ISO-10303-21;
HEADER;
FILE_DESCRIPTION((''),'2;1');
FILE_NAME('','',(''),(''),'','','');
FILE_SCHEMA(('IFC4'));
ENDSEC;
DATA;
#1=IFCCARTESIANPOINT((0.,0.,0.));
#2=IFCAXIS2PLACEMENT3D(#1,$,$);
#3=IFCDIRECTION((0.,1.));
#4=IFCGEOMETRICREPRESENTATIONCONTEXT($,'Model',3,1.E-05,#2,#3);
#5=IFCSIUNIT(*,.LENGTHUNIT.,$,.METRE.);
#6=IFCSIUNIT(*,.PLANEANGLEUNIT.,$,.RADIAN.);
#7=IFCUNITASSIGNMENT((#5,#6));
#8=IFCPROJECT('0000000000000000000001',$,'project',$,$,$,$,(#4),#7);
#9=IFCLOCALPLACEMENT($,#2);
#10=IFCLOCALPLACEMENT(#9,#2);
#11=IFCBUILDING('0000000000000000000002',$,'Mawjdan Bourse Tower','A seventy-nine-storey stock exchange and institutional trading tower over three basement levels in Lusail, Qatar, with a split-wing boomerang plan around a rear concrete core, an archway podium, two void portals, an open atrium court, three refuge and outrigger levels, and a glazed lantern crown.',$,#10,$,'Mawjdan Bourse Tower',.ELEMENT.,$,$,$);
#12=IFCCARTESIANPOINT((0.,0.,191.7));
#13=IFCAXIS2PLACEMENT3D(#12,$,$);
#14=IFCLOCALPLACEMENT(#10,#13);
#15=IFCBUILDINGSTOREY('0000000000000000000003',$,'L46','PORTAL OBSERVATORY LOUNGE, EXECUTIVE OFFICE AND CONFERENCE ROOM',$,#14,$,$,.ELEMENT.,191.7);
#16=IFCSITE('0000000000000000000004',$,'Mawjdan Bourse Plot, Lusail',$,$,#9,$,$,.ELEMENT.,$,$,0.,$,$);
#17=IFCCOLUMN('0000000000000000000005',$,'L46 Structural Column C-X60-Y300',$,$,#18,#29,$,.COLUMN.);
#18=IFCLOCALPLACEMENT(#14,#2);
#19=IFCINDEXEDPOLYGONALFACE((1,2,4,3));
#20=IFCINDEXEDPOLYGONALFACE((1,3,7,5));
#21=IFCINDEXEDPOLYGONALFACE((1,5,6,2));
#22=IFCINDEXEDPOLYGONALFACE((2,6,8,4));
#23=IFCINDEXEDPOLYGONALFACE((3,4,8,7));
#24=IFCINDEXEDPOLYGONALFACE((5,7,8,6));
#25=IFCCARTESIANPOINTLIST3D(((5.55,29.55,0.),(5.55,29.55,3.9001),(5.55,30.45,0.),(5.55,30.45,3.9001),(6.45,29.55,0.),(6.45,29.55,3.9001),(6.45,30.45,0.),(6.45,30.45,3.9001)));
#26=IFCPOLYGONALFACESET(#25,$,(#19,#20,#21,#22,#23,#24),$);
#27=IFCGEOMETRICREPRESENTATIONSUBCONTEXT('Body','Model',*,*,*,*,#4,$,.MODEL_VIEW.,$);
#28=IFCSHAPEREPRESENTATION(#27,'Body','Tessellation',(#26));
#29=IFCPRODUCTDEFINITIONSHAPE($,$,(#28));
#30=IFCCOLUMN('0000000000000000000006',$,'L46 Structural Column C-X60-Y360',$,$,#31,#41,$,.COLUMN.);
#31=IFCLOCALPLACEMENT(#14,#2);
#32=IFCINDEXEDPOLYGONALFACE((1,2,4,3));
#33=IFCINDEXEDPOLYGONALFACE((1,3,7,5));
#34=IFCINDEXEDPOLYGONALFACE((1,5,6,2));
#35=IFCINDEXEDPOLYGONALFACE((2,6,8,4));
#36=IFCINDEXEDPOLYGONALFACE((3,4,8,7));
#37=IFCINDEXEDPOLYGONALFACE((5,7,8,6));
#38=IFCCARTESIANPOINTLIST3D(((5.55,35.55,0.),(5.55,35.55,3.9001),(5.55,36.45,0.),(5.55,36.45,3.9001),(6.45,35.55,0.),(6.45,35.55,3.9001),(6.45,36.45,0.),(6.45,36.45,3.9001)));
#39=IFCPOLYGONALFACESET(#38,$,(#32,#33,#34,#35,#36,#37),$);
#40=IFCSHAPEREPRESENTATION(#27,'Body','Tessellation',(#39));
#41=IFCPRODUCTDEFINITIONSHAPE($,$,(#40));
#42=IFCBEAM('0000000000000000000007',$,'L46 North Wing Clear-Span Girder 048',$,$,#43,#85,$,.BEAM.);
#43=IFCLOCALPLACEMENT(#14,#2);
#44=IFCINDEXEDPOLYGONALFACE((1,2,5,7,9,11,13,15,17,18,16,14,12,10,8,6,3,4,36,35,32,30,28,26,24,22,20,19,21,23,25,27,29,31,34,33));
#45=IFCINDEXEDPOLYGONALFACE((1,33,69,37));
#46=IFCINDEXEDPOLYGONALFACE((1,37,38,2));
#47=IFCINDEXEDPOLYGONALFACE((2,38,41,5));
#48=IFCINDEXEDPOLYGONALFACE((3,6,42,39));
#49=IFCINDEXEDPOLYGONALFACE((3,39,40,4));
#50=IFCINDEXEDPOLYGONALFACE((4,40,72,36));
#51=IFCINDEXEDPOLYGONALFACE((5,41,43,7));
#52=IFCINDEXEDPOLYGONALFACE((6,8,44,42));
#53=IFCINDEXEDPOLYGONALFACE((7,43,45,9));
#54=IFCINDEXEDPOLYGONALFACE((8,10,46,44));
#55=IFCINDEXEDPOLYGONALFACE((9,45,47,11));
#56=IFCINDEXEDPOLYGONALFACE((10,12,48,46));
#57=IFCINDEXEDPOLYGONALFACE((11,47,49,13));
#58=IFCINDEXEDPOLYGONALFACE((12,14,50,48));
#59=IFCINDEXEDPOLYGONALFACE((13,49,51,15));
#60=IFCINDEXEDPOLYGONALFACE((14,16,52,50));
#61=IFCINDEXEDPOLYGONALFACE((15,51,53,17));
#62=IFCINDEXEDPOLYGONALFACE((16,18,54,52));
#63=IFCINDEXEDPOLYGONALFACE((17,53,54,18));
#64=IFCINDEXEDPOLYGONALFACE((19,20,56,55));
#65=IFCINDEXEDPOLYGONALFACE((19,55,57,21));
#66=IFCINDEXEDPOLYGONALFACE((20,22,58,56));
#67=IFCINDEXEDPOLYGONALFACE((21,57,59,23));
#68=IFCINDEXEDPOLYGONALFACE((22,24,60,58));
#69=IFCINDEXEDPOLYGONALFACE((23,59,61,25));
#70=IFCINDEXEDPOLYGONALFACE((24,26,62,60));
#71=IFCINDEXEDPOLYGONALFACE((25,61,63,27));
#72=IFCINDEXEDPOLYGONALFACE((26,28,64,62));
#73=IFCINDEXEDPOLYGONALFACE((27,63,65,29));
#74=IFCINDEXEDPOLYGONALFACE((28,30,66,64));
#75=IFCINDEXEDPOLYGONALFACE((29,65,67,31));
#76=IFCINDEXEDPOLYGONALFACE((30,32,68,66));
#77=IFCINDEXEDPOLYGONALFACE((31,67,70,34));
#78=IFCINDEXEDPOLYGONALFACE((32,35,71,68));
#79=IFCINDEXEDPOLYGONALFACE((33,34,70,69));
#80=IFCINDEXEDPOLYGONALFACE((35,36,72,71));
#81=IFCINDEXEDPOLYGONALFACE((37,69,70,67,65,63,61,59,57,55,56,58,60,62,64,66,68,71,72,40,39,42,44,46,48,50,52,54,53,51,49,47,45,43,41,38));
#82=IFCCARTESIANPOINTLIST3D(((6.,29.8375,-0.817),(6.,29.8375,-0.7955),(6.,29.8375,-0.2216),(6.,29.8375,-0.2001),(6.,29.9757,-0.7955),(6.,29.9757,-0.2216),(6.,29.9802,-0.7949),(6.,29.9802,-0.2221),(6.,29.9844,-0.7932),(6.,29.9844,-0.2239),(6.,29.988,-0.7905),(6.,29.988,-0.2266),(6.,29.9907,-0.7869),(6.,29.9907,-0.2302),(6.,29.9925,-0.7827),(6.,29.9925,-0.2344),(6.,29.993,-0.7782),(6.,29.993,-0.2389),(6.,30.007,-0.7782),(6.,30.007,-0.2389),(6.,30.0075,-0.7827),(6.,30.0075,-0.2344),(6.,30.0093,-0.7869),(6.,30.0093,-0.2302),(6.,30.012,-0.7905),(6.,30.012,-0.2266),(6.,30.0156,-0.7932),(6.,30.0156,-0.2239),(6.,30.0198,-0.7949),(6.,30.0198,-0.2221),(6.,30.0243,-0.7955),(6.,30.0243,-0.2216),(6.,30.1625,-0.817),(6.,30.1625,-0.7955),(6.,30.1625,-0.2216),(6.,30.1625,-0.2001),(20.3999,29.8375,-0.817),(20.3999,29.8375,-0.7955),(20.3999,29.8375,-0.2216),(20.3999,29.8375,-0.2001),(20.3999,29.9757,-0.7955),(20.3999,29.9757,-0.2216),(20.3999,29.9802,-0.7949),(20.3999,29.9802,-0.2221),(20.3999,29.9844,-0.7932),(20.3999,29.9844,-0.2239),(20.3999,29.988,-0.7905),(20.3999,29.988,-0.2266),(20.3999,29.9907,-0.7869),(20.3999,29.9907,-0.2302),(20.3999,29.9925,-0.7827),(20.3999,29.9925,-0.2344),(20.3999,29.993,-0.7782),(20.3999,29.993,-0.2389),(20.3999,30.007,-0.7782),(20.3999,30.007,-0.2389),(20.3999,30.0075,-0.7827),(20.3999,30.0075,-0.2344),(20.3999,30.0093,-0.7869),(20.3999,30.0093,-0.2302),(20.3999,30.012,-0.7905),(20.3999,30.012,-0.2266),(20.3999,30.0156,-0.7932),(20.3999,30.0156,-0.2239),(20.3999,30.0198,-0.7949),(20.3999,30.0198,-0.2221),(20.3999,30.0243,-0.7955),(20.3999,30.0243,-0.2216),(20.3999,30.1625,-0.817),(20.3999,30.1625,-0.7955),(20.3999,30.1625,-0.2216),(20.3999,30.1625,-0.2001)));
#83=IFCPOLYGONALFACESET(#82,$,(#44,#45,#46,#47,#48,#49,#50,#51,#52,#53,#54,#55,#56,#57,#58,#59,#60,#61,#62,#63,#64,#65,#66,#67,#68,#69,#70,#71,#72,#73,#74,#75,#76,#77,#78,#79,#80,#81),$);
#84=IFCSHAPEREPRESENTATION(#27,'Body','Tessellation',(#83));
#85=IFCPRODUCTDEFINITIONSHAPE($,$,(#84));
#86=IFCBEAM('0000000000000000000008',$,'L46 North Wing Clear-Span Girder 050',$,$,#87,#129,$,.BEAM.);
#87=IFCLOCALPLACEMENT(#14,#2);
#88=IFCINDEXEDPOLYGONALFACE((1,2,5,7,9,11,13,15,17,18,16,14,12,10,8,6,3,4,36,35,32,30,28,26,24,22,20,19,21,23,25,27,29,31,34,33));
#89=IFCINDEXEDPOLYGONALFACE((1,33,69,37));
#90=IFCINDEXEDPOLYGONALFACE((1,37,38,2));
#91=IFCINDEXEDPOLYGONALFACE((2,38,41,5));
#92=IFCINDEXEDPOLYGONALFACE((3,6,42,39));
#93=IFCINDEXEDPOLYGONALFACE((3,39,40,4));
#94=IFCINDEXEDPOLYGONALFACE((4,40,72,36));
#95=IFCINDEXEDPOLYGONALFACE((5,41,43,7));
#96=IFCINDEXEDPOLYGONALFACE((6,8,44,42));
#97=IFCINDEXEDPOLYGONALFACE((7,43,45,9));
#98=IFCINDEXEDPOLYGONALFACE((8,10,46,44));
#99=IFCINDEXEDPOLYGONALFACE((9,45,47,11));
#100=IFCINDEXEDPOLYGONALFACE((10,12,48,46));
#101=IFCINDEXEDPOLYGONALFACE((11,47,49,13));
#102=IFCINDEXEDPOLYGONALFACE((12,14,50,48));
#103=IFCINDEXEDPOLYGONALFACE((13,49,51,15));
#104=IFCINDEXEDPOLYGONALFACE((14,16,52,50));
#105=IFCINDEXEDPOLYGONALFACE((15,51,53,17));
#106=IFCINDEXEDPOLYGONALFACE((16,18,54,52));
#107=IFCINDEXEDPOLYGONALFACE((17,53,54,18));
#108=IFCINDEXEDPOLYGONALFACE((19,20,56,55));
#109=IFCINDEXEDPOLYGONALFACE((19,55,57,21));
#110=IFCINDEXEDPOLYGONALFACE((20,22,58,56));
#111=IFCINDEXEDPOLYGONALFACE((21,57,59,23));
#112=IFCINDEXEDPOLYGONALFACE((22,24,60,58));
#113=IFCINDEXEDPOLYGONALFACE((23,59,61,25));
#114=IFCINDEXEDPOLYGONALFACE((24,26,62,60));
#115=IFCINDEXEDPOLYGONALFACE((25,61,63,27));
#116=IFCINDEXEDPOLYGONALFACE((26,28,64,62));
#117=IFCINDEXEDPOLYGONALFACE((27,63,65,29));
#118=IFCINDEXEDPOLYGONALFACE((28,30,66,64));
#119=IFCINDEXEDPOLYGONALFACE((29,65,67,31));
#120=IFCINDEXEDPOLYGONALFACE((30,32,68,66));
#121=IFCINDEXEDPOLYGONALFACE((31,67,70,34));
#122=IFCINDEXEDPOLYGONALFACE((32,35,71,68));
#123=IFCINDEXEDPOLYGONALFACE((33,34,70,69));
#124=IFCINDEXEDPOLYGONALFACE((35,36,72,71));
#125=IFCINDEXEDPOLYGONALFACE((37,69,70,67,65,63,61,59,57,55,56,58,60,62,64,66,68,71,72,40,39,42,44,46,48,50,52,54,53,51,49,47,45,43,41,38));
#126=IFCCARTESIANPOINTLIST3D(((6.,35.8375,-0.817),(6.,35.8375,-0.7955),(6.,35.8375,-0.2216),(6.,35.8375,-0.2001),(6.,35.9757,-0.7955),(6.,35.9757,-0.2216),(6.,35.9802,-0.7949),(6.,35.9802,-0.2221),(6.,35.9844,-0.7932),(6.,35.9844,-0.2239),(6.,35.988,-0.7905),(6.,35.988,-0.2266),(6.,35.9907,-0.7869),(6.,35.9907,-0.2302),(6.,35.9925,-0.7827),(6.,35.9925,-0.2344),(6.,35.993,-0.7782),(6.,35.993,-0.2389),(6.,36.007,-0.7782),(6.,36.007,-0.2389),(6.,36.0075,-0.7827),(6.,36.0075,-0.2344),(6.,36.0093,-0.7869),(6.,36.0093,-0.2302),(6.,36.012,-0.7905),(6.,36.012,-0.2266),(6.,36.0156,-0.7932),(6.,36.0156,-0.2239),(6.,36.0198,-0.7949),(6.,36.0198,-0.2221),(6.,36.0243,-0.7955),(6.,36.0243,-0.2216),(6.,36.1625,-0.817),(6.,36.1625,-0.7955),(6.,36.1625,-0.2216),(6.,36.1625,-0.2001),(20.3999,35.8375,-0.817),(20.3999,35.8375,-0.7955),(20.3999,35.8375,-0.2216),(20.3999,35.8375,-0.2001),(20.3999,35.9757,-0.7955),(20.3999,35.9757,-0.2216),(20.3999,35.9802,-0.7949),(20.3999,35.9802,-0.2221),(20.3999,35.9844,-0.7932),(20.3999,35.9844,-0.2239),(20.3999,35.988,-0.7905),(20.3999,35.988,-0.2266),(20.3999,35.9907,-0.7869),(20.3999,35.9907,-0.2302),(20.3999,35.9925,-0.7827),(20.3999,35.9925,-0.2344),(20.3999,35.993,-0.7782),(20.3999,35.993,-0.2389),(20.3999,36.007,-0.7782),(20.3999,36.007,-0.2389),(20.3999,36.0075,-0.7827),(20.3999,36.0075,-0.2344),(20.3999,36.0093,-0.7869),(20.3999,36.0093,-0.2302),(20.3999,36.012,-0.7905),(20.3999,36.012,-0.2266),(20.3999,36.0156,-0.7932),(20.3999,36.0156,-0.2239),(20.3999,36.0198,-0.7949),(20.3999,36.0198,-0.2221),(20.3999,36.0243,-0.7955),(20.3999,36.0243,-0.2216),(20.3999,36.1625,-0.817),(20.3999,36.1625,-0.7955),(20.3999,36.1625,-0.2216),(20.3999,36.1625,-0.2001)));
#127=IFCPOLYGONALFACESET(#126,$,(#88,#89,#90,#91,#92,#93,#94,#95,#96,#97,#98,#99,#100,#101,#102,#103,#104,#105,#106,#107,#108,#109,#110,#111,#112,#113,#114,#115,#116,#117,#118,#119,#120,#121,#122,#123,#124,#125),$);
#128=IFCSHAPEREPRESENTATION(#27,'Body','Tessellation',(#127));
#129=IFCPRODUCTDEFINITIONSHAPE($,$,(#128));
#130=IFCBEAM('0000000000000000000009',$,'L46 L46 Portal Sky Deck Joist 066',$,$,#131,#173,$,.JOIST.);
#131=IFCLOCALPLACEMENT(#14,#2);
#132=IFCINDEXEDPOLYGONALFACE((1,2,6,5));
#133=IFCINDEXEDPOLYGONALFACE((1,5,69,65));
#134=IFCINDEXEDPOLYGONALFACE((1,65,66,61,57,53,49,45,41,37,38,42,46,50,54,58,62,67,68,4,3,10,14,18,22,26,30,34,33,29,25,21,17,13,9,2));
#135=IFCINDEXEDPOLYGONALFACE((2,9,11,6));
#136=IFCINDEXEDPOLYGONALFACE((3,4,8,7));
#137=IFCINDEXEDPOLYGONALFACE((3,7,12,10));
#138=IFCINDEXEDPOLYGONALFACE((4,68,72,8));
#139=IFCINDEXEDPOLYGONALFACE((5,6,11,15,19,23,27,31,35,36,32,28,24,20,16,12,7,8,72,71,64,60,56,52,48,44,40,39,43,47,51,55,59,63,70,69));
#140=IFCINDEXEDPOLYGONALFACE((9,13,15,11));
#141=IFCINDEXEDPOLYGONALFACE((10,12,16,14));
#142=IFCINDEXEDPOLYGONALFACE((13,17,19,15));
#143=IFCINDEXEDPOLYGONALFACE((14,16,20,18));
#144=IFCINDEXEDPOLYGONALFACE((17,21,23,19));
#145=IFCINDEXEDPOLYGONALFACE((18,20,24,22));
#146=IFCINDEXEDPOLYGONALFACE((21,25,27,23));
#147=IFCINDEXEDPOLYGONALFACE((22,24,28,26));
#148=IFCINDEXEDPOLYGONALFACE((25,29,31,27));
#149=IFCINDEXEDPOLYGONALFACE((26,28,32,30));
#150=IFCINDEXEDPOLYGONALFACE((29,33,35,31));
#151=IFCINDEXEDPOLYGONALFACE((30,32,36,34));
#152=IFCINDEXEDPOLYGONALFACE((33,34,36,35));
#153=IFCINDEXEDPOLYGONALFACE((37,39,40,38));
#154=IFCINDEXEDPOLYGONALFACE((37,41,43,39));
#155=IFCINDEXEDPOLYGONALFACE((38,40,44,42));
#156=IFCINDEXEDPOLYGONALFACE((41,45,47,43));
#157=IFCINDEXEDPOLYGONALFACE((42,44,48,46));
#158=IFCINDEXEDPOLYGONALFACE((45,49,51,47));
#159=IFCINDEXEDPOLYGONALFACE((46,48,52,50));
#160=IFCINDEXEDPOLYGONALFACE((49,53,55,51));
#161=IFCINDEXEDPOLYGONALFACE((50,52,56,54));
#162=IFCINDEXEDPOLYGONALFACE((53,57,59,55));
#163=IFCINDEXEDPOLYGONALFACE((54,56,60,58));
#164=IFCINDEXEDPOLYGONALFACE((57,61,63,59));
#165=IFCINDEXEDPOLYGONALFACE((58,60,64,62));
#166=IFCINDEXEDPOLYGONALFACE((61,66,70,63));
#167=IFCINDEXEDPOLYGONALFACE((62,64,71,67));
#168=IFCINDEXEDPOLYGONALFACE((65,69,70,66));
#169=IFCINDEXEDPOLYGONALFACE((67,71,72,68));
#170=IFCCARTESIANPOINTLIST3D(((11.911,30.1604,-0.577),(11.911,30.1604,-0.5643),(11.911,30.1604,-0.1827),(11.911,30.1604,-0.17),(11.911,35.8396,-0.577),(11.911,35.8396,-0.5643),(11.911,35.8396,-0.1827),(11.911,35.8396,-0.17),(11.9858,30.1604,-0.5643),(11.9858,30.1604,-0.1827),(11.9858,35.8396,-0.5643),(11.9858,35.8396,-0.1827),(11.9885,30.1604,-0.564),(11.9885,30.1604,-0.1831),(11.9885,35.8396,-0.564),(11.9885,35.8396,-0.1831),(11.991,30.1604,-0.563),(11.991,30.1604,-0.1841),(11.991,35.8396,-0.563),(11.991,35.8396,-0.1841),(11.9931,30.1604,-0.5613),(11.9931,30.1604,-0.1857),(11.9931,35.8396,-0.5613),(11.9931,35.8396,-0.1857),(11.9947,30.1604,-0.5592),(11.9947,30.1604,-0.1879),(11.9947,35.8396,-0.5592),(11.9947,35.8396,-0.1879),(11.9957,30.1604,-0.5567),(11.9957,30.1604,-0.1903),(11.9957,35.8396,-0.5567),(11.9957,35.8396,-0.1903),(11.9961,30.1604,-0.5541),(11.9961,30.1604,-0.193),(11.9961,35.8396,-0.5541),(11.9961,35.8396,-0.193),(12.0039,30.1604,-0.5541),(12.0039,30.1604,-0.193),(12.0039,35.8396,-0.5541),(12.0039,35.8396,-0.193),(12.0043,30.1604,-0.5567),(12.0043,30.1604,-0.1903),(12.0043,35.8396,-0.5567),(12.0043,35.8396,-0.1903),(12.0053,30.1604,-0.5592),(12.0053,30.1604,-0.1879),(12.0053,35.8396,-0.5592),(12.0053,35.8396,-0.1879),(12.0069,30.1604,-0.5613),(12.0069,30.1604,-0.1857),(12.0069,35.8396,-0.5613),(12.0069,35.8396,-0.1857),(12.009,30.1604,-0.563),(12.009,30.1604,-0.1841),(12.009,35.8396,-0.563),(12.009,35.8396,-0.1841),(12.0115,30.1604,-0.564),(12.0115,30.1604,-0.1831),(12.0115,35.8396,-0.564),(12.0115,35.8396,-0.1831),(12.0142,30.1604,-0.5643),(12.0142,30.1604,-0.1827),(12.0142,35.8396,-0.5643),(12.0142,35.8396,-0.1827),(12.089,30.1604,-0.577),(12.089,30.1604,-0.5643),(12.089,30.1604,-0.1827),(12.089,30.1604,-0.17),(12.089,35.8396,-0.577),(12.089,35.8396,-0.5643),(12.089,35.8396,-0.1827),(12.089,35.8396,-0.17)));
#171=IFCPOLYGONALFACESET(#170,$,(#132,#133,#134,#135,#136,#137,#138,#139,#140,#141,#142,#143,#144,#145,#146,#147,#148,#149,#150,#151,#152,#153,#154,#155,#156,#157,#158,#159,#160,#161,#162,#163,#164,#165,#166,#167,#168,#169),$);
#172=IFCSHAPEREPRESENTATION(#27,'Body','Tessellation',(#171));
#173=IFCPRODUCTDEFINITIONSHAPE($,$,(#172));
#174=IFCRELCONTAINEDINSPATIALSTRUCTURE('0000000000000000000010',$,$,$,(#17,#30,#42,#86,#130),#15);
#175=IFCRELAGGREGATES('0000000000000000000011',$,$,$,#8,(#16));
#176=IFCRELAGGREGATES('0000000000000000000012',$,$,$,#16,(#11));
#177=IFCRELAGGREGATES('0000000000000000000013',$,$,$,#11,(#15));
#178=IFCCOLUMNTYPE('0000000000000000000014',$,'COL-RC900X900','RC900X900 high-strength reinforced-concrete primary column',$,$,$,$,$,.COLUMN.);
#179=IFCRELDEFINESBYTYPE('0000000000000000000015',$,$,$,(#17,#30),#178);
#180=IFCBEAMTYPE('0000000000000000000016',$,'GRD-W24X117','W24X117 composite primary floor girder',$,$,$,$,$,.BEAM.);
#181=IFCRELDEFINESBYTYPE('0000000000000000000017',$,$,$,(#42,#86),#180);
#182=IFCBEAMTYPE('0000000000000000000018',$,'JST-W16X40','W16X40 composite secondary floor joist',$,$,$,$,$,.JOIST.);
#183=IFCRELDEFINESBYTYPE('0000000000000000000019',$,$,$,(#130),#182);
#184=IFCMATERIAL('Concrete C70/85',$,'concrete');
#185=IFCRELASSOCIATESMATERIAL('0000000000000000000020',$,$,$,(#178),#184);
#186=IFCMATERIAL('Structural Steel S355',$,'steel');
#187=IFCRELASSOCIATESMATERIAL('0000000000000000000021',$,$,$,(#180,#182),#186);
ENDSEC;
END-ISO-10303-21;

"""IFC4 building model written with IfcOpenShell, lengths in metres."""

from ifc_helpers import new_model, si_unit, direction, frame, origin, origin_2d, place, context, subcontext, project, spatial, rectangle, i_section, extrude, material, material_profile, profile_set, type_object, element, save


model = new_model("IFC4")

# Units and contexts
model_context = context("Model", 3, precision=1e-05, world=origin(), true_north=direction((0.0, 1.0)))
body_context = subcontext(model_context, "Body", "Model", "MODEL_VIEW")
ifc_project = project(units=[si_unit("LENGTHUNIT", "METRE"), si_unit("PLANEANGLEUNIT", "RADIAN")], contexts=[model_context])

# Site, building, storey
site_placement = place(None, origin())
site = spatial("IfcSite", under=ifc_project, at=site_placement, Name="Mawjdan Bourse Plot, Lusail", CompositionType="ELEMENT", RefElevation=0.0)
building_placement = place(site_placement, origin())
building = spatial("IfcBuilding", under=site, at=building_placement, Name="Mawjdan Bourse Tower", Description="A seventy-nine-storey stock exchange and institutional trading tower over three basement levels in Lusail, Qatar, with a split-wing boomerang plan around a rear concrete core, an archway podium, two void portals, an open atrium court, three refuge and outrigger levels, and a glazed lantern crown.", LongName="Mawjdan Bourse Tower", CompositionType="ELEMENT")
storey_placement = place(building_placement, frame((0.0, 0.0, 191.7)))
storey = spatial("IfcBuildingStorey", under=building, at=storey_placement, Name="L46", Description="PORTAL OBSERVATORY LOUNGE, EXECUTIVE OFFICE AND CONFERENCE ROOM", CompositionType="ELEMENT", Elevation=191.7)

# Columns
ifc_material_1 = material(Name="Concrete C70/85", Category="concrete")
ifc_material_profile_1 = material_profile(ifc_material_1, rectangle(XDim=0.8999, YDim=0.8999, at=origin_2d()), Name="RC900X900")
ifc_profile_set_1 = profile_set([ifc_material_profile_1], Name="Concrete C70/85")
column_type = type_object("IfcColumnType", Name="COL-RC900X900", Description="RC900X900 high-strength reinforced-concrete primary column", PredefinedType="COLUMN", material=ifc_profile_set_1)
for number, where, z_axis, x_axis, name in (
    (1, (6.0, 30.0, 0.0), (0.0, 0.0, 1.0), (1.0, 0.0, 0.0), "L46 Structural Column C-X60-Y300"),
    (2, (6.0, 36.0, 0.0), (0.0, 0.0, 1.0), (1.0, 0.0, 0.0), "L46 Structural Column C-X60-Y360"),
):
    element("IfcColumn", number, at=place(storey_placement, frame(where, z_axis=z_axis, x_axis=x_axis)), inside=storey, type_object=column_type, Name=name, PredefinedType="COLUMN", context=body_context, shape_type="SweptSolid", body=[
        extrude(rectangle(XDim=0.8999, YDim=0.8999, at=origin_2d()), origin(), (0.0, 0.0, 1.0), 3.9001),
    ])

# Beams
ifc_material_2 = material(Name="Structural Steel S355", Category="steel")
ifc_material_profile_2 = material_profile(ifc_material_2, i_section(OverallWidth=0.325, OverallDepth=0.6169, WebThickness=0.0139, FlangeThickness=0.0215, FilletRadius=0.0173, at=origin_2d()), Name="W24X117")
ifc_profile_set_2 = profile_set([ifc_material_profile_2], Name="Structural Steel S355")
beam_type_1 = type_object("IfcBeamType", Name="GRD-W24X117", Description="W24X117 composite primary floor girder", PredefinedType="BEAM", material=ifc_profile_set_2)
for number, where, z_axis, x_axis, name in (
    (3, (6.0, 30.0, -0.5085), (1.0, 0.0, 0.0), (0.0, 1.0, 0.0), "L46 North Wing Clear-Span Girder 048"),
    (4, (6.0, 36.0, -0.5085), (1.0, 0.0, 0.0), (0.0, 1.0, 0.0), "L46 North Wing Clear-Span Girder 050"),
):
    element("IfcBeam", number, at=place(storey_placement, frame(where, z_axis=z_axis, x_axis=x_axis)), inside=storey, type_object=beam_type_1, Name=name, PredefinedType="BEAM", context=body_context, shape_type="SweptSolid", body=[
        extrude(i_section(OverallWidth=0.325, OverallDepth=0.6169, WebThickness=0.0139, FlangeThickness=0.0215, FilletRadius=0.0173, at=origin_2d()), origin(), (0.0, 0.0, 1.0), 14.3999),
    ])
ifc_material_profile_3 = material_profile(ifc_material_2, i_section(OverallWidth=0.178, OverallDepth=0.407, WebThickness=0.0078, FlangeThickness=0.0127, FilletRadius=0.0103, at=origin_2d()), Name="W16X40")
ifc_profile_set_3 = profile_set([ifc_material_profile_3], Name="Structural Steel S355")
beam_type_2 = type_object("IfcBeamType", Name="JST-W16X40", Description="W16X40 composite secondary floor joist", PredefinedType="JOIST", material=ifc_profile_set_3)
beam_1_placement = place(storey_placement, frame((12.0, 30.1604, -0.3735), z_axis=(0.0, 1.0, 0.0), x_axis=(-1.0, 0.0, 0.0)))
element("IfcBeam", 5, at=beam_1_placement, inside=storey, type_object=beam_type_2, Name="L46 L46 Portal Sky Deck Joist 066", PredefinedType="JOIST", context=body_context, shape_type="SweptSolid", body=[
    extrude(i_section(OverallWidth=0.178, OverallDepth=0.407, WebThickness=0.0078, FlangeThickness=0.0127, FilletRadius=0.0103, at=origin_2d()), origin(), (0.0, 0.0, 1.0), 5.6792),
])

save(model, "model.ifc")
